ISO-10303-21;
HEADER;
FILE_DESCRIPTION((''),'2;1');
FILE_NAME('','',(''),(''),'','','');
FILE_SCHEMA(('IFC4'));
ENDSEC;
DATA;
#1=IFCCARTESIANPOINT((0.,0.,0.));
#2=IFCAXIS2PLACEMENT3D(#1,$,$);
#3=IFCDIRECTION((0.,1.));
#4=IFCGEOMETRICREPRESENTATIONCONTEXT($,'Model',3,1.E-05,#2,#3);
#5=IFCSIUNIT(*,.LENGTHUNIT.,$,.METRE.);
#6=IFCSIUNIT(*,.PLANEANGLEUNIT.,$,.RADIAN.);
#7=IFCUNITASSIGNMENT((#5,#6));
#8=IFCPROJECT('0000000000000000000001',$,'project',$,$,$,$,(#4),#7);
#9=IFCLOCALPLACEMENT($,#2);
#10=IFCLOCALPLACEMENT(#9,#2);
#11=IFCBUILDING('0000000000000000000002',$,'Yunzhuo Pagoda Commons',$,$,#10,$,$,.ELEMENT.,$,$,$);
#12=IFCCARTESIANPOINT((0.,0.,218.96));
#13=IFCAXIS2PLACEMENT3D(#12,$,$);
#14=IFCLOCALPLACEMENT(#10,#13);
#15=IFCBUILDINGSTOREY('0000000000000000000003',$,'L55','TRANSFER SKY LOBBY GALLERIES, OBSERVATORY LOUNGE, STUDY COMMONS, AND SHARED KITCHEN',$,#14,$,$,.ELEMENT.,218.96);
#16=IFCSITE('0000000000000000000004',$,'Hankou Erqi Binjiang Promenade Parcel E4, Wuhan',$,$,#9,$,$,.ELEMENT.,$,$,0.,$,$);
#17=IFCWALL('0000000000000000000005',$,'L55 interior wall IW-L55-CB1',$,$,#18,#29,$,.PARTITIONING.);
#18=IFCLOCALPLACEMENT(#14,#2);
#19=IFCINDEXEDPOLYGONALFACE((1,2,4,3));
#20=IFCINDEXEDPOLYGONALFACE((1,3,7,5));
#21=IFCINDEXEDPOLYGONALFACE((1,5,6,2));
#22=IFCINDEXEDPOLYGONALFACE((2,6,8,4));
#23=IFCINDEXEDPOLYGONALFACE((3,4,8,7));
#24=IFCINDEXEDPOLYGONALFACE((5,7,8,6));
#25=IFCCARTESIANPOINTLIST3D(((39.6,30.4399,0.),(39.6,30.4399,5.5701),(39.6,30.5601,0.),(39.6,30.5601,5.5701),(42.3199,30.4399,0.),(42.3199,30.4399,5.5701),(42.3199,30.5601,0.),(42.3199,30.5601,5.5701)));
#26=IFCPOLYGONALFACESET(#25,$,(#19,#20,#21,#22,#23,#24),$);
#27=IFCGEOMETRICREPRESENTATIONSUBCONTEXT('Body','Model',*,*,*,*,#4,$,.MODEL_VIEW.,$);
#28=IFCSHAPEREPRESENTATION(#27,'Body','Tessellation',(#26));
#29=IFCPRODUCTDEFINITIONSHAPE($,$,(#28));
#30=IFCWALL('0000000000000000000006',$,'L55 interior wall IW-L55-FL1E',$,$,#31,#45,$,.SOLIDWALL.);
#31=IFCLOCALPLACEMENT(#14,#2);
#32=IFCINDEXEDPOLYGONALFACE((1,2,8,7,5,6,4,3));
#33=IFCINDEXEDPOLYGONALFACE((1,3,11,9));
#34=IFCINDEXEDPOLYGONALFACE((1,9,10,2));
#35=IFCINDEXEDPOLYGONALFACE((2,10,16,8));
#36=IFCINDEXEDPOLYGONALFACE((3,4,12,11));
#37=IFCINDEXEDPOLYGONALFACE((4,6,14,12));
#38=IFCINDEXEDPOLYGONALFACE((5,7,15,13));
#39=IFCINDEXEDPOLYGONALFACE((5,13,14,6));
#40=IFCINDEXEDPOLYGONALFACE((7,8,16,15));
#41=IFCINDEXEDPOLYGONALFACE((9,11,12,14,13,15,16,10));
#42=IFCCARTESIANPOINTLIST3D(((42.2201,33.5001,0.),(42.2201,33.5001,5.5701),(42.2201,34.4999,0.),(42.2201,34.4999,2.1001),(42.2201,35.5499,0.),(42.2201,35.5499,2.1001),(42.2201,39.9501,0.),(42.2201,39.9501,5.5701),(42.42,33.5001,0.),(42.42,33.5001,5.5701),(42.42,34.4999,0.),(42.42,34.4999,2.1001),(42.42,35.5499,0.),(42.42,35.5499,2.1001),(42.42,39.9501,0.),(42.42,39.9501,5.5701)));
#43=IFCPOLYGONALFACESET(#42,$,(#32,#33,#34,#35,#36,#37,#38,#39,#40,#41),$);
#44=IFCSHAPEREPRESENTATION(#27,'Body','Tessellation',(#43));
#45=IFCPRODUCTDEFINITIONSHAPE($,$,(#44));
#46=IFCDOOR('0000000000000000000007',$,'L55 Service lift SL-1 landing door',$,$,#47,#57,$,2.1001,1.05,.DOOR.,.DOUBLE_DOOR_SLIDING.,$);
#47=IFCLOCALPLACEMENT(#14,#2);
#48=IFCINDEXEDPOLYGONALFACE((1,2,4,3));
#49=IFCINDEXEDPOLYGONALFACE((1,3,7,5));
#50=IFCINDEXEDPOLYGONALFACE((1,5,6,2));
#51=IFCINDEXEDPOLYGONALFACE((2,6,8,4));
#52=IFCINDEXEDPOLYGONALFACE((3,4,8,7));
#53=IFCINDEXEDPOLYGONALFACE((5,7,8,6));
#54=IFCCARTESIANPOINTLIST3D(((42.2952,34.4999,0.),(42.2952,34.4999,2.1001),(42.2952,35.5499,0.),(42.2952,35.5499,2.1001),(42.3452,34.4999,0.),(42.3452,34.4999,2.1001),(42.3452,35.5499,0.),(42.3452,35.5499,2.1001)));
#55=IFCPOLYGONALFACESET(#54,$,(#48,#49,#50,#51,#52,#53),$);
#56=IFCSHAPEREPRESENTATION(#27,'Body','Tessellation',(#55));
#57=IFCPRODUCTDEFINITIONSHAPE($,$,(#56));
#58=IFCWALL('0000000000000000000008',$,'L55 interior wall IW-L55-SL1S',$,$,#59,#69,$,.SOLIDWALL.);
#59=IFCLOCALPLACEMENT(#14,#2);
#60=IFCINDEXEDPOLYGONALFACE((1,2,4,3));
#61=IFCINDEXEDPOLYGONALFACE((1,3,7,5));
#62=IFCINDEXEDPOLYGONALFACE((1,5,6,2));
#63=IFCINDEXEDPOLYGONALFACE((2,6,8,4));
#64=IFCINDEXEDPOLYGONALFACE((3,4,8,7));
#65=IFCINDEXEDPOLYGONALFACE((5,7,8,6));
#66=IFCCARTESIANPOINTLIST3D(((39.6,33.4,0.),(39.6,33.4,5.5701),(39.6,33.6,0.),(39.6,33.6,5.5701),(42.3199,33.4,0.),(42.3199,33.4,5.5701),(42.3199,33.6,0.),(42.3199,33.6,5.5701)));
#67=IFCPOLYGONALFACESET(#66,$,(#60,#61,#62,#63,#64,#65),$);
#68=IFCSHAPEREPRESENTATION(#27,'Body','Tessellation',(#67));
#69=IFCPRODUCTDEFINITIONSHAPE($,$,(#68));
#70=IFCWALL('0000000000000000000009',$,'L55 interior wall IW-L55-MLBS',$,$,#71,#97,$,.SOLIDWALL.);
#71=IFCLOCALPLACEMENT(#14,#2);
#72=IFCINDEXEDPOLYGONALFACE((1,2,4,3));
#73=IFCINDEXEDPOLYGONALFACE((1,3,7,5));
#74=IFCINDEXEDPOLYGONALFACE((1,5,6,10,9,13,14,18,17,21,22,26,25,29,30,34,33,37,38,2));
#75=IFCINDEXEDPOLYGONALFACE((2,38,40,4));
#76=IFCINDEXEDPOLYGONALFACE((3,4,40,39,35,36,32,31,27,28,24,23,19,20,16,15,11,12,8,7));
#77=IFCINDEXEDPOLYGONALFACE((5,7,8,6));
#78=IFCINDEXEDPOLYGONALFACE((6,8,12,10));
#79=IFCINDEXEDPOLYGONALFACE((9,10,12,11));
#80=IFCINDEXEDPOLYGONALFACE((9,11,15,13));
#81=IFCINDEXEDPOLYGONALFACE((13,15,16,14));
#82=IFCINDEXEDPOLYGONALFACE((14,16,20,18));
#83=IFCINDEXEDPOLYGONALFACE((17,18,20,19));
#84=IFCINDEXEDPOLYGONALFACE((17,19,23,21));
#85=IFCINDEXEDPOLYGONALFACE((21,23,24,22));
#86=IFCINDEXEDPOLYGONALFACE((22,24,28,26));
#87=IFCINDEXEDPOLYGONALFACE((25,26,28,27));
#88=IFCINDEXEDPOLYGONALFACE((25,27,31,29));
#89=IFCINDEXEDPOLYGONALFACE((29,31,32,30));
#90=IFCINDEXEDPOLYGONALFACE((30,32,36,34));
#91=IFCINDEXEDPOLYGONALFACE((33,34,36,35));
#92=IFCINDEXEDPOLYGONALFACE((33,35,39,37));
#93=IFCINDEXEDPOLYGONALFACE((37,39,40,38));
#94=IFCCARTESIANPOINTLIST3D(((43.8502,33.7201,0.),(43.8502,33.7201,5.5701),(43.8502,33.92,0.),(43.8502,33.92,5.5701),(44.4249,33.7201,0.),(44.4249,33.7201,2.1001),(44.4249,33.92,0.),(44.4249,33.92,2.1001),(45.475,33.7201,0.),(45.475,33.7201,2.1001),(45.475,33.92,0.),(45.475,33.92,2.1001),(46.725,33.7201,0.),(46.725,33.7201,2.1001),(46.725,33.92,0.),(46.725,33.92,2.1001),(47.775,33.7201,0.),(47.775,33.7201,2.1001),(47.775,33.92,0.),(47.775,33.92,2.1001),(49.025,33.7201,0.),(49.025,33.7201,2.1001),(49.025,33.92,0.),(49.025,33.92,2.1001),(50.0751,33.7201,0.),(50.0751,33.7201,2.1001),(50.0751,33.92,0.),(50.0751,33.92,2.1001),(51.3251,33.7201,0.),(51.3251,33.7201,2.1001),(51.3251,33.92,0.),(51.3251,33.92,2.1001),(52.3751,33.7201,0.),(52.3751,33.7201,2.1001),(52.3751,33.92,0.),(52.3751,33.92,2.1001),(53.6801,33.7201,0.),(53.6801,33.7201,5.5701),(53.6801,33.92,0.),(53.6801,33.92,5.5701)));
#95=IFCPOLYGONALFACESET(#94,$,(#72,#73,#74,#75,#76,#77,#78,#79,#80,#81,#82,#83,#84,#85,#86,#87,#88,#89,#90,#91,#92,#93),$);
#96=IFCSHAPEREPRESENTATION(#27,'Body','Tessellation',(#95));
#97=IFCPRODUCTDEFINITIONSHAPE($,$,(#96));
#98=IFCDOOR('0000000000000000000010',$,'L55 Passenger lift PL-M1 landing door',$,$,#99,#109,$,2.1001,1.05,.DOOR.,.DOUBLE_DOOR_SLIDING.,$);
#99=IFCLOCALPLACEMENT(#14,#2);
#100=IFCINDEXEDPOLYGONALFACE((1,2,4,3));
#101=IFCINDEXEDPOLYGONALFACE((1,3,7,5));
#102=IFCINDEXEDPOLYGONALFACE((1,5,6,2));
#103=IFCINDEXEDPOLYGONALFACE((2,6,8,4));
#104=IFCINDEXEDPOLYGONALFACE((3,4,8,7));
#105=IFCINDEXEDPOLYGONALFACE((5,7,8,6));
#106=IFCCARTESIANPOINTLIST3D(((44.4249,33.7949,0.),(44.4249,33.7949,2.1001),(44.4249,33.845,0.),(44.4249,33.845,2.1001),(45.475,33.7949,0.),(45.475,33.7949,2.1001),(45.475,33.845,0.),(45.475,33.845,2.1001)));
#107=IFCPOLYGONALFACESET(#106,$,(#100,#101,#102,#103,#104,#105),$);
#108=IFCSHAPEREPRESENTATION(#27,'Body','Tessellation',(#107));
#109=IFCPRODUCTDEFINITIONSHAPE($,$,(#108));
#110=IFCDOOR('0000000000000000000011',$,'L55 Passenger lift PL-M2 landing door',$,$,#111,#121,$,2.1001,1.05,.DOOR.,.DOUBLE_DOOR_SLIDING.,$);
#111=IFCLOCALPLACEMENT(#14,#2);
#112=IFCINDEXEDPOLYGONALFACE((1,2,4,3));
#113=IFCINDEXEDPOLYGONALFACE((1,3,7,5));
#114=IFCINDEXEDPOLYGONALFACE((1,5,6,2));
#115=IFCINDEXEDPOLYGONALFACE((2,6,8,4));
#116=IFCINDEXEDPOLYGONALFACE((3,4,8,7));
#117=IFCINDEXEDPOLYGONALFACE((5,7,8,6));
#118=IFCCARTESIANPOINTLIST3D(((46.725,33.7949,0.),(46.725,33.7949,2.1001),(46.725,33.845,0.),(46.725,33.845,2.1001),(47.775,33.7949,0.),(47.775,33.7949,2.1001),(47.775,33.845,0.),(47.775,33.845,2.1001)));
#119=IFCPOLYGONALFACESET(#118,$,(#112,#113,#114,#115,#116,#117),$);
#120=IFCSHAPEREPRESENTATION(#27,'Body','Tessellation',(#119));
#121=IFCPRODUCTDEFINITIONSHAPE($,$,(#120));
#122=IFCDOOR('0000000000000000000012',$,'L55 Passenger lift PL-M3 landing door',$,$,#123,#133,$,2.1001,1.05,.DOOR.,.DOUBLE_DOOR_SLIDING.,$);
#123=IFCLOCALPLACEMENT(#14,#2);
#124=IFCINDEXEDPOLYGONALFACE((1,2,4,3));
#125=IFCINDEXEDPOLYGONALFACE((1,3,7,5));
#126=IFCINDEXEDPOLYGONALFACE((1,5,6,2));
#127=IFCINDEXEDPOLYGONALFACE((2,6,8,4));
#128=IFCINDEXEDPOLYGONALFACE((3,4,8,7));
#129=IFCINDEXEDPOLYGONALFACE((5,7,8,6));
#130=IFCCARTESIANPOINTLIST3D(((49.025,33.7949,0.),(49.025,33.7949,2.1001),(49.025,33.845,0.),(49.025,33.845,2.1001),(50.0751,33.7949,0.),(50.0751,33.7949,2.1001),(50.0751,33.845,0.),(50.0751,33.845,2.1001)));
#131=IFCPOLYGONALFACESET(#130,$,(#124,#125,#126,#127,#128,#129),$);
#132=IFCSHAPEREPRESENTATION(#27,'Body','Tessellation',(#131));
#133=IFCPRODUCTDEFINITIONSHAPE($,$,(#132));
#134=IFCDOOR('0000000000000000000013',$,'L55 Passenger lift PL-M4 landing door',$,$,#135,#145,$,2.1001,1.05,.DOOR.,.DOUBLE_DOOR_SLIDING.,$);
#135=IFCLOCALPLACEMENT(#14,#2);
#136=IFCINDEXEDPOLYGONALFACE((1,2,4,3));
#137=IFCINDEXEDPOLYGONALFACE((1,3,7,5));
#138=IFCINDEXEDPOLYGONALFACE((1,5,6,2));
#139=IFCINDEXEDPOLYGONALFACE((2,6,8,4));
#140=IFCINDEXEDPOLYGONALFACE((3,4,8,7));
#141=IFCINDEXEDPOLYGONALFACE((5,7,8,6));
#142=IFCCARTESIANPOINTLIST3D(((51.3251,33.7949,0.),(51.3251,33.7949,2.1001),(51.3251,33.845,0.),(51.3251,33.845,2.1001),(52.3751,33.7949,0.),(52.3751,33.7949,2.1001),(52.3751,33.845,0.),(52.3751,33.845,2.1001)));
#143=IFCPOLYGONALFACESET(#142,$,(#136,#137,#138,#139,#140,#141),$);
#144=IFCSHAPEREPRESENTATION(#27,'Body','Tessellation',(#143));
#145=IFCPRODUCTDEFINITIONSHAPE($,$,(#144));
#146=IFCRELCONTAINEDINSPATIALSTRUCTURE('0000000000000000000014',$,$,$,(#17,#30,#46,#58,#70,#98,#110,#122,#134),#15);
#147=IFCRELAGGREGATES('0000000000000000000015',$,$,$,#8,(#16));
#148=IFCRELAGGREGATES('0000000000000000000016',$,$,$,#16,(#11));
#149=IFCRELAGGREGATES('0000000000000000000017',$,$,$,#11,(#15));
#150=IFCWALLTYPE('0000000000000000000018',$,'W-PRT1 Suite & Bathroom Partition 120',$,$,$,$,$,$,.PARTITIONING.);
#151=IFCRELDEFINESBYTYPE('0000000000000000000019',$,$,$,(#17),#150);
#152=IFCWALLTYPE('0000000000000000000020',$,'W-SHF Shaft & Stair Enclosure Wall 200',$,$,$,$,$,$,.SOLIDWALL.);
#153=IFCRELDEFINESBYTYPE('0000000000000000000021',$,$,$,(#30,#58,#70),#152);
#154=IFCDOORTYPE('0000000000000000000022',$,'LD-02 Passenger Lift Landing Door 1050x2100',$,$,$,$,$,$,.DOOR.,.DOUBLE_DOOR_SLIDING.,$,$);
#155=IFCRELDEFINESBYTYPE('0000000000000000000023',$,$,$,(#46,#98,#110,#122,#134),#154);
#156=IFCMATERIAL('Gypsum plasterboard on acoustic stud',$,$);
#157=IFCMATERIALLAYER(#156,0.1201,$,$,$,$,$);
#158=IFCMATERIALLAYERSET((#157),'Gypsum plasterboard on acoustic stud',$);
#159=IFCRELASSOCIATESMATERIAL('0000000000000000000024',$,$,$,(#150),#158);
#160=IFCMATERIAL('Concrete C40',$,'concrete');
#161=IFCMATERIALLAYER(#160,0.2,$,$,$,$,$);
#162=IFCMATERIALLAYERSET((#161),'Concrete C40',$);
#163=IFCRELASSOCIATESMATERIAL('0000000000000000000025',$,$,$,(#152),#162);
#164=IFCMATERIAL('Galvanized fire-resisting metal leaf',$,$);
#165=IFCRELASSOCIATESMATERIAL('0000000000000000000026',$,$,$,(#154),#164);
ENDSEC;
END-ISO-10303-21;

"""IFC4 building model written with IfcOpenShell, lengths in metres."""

from ifc_helpers import new_model, si_unit, direction, frame, frame_2d, origin, origin_with_axes, place, context, subcontext, project, spatial, rectangle, extrude, source, transform, mapped, material, layer, layer_set, type_object, element, fill, save


model = new_model("IFC4")

# Units and contexts
model_context = context("Model", 3, precision=1e-05, world=origin(), true_north=direction((0.0, 1.0)))
body_context = subcontext(model_context, "Body", "Model", "MODEL_VIEW")
ifc_project = project(units=[si_unit("LENGTHUNIT", "METRE"), si_unit("PLANEANGLEUNIT", "RADIAN")], contexts=[model_context])

# Site, building, storey
site_placement = place(None, origin())
site = spatial("IfcSite", under=ifc_project, at=site_placement, Name="Hankou Erqi Binjiang Promenade Parcel E4, Wuhan", CompositionType="ELEMENT", RefElevation=0.0)
building_placement = place(site_placement, origin())
building = spatial("IfcBuilding", under=site, at=building_placement, Name="Yunzhuo Pagoda Commons", CompositionType="ELEMENT")
storey_placement = place(building_placement, frame((0.0, 0.0, 218.96)))
storey = spatial("IfcBuildingStorey", under=building, at=storey_placement, Name="L55", Description="TRANSFER SKY LOBBY GALLERIES, OBSERVATORY LOUNGE, STUDY COMMONS, AND SHARED KITCHEN", CompositionType="ELEMENT", Elevation=218.96)

# Wall
ifc_material_1 = material(Name="Gypsum plasterboard on acoustic stud")
ifc_layer_1 = layer(ifc_material_1, 0.1201)
ifc_layer_set_1 = layer_set([ifc_layer_1], Name="Gypsum plasterboard on acoustic stud")
wall_type_1 = type_object("IfcWallType", Name="W-PRT1 Suite & Bathroom Partition 120", PredefinedType="PARTITIONING", material=ifc_layer_set_1)
wall_1_placement = place(storey_placement, frame((39.6001, 30.5, 0.0), z_axis=(0.0, 0.0, 1.0), x_axis=(1.0, 0.0, 0.0)))
element("IfcWall", 1, at=wall_1_placement, inside=storey, type_object=wall_type_1, Name="L55 interior wall IW-L55-CB1", PredefinedType="PARTITIONING", context=body_context, shape_type="SweptSolid", body=[
    extrude(rectangle(XDim=2.72, YDim=0.1201, at=frame_2d((1.3599, 0.0))), origin(), (0.0, 0.0, 1.0), 5.5701),
])

# Wall, opening, door
ifc_material_2 = material(Name="Concrete C40", Category="concrete")
ifc_layer_2 = layer(ifc_material_2, 0.2)
ifc_layer_set_2 = layer_set([ifc_layer_2], Name="Concrete C40")
wall_type_2 = type_object("IfcWallType", Name="W-SHF Shaft & Stair Enclosure Wall 200", PredefinedType="SOLIDWALL", material=ifc_layer_set_2)
wall_2_placement = place(storey_placement, frame((42.3201, 33.5, 0.0), z_axis=(0.0, 0.0, 1.0), x_axis=(0.0, 1.0, 0.0)))
wall_2 = element("IfcWall", 2, at=wall_2_placement, inside=storey, type_object=wall_type_2, Name="L55 interior wall IW-L55-FL1E", PredefinedType="SOLIDWALL", context=body_context, shape_type="SweptSolid", body=[
    extrude(rectangle(XDim=6.45, YDim=0.2, at=frame_2d((3.2251, 0.0))), origin(), (0.0, 0.0, 1.0), 5.5701),
])
opening_1_placement = place(wall_2_placement, frame((1.0, 0.0, 0.0)))
opening_1 = element("IfcOpeningElement", 3, at=opening_1_placement, cuts=wall_2, PredefinedType="OPENING", context=body_context, shape_type="SweptSolid", body=[
    extrude(rectangle(XDim=1.05, YDim=2.1001, at=frame_2d((0.5249, 1.05))), frame((0.0, 0.1099, 0.0), z_axis=(0.0, -1.0, 0.0), x_axis=(1.0, 0.0, 0.0)), (0.0, 0.0, 1.0), 0.22),
])
ifc_material_3 = material(Name="Galvanized fire-resisting metal leaf")
door_type = type_object("IfcDoorType", Name="LD-02 Passenger Lift Landing Door 1050x2100", OperationType="DOUBLE_DOOR_SLIDING", PredefinedType="DOOR", material=ifc_material_3)
shared_shape_1 = source(origin(), body_context, "Body", "SweptSolid", [
    extrude(rectangle(XDim=1.05, YDim=2.1001, at=frame_2d((0.5249, 1.05))), frame((0.0, 0.0249, 0.0), z_axis=(0.0, -1.0, 0.0), x_axis=(1.0, 0.0, 0.0)), (0.0, 0.0, 1.0), 0.05),
])
door_1_placement = place(opening_1_placement, origin_with_axes())
door_1 = element("IfcDoor", 4, at=door_1_placement, inside=storey, type_object=door_type, Name="L55 Service lift SL-1 landing door", OperationType="DOUBLE_DOOR_SLIDING", OverallHeight=2.1001, OverallWidth=1.05, PredefinedType="DOOR", context=body_context, shape_type="MappedRepresentation", body=[
    mapped(shared_shape_1, transform((0.0, 0.0, 0.0), scale=1.0)),
])
fill(opening_1, door_1)

# Wall
wall_3_placement = place(storey_placement, frame((39.6001, 33.5, 0.0), z_axis=(0.0, 0.0, 1.0), x_axis=(1.0, 0.0, 0.0)))
element("IfcWall", 5, at=wall_3_placement, inside=storey, type_object=wall_type_2, Name="L55 interior wall IW-L55-SL1S", PredefinedType="SOLIDWALL", context=body_context, shape_type="SweptSolid", body=[
    extrude(rectangle(XDim=2.72, YDim=0.2, at=frame_2d((1.3599, 0.0))), origin(), (0.0, 0.0, 1.0), 5.5701),
])

# Wall, openings, doors
wall_4_placement = place(storey_placement, frame((43.8501, 33.8201, 0.0), z_axis=(0.0, 0.0, 1.0), x_axis=(1.0, 0.0, 0.0)))
wall_4 = element("IfcWall", 6, at=wall_4_placement, inside=storey, type_object=wall_type_2, Name="L55 interior wall IW-L55-MLBS", PredefinedType="SOLIDWALL", context=body_context, shape_type="SweptSolid", body=[
    extrude(rectangle(XDim=9.8298, YDim=0.2, at=frame_2d((4.915, 0.0))), origin(), (0.0, 0.0, 1.0), 5.5701),
])
opening_2_placement = place(wall_4_placement, frame((0.575, 0.0, 0.0)))
opening_2 = element("IfcOpeningElement", 7, at=opening_2_placement, cuts=wall_4, PredefinedType="OPENING", context=body_context, shape_type="SweptSolid", body=[
    extrude(rectangle(XDim=1.05, YDim=2.1001, at=frame_2d((0.5249, 1.05))), frame((0.0, 0.1099, 0.0), z_axis=(0.0, -1.0, 0.0), x_axis=(1.0, 0.0, 0.0)), (0.0, 0.0, 1.0), 0.22),
])
opening_3_placement = place(wall_4_placement, frame((2.875, 0.0, 0.0)))
opening_3 = element("IfcOpeningElement", 8, at=opening_3_placement, cuts=wall_4, PredefinedType="OPENING", context=body_context, shape_type="SweptSolid", body=[
    extrude(rectangle(XDim=1.05, YDim=2.1001, at=frame_2d((0.5249, 1.05))), frame((0.0, 0.1099, 0.0), z_axis=(0.0, -1.0, 0.0), x_axis=(1.0, 0.0, 0.0)), (0.0, 0.0, 1.0), 0.22),
])
opening_4_placement = place(wall_4_placement, frame((5.175, 0.0, 0.0)))
opening_4 = element("IfcOpeningElement", 9, at=opening_4_placement, cuts=wall_4, PredefinedType="OPENING", context=body_context, shape_type="SweptSolid", body=[
    extrude(rectangle(XDim=1.05, YDim=2.1001, at=frame_2d((0.5249, 1.05))), frame((0.0, 0.1099, 0.0), z_axis=(0.0, -1.0, 0.0), x_axis=(1.0, 0.0, 0.0)), (0.0, 0.0, 1.0), 0.22),
])
opening_5_placement = place(wall_4_placement, frame((7.4751, 0.0, 0.0)))
opening_5 = element("IfcOpeningElement", 10, at=opening_5_placement, cuts=wall_4, PredefinedType="OPENING", context=body_context, shape_type="SweptSolid", body=[
    extrude(rectangle(XDim=1.05, YDim=2.1001, at=frame_2d((0.5249, 1.05))), frame((0.0, 0.1099, 0.0), z_axis=(0.0, -1.0, 0.0), x_axis=(1.0, 0.0, 0.0)), (0.0, 0.0, 1.0), 0.22),
])
door_2_placement = place(opening_2_placement, origin_with_axes())
door_2 = element("IfcDoor", 11, at=door_2_placement, inside=storey, type_object=door_type, Name="L55 Passenger lift PL-M1 landing door", OperationType="DOUBLE_DOOR_SLIDING", OverallHeight=2.1001, OverallWidth=1.05, PredefinedType="DOOR", context=body_context, shape_type="MappedRepresentation", body=[
    mapped(shared_shape_1, transform((0.0, 0.0, 0.0), scale=1.0)),
])
fill(opening_2, door_2)
door_3_placement = place(opening_3_placement, origin_with_axes())
door_3 = element("IfcDoor", 12, at=door_3_placement, inside=storey, type_object=door_type, Name="L55 Passenger lift PL-M2 landing door", OperationType="DOUBLE_DOOR_SLIDING", OverallHeight=2.1001, OverallWidth=1.05, PredefinedType="DOOR", context=body_context, shape_type="MappedRepresentation", body=[
    mapped(shared_shape_1, transform((0.0, 0.0, 0.0), scale=1.0)),
])
fill(opening_3, door_3)
door_4_placement = place(opening_4_placement, origin_with_axes())
door_4 = element("IfcDoor", 13, at=door_4_placement, inside=storey, type_object=door_type, Name="L55 Passenger lift PL-M3 landing door", OperationType="DOUBLE_DOOR_SLIDING", OverallHeight=2.1001, OverallWidth=1.05, PredefinedType="DOOR", context=body_context, shape_type="MappedRepresentation", body=[
    mapped(shared_shape_1, transform((0.0, 0.0, 0.0), scale=1.0)),
])
fill(opening_4, door_4)
door_5_placement = place(opening_5_placement, origin_with_axes())
door_5 = element("IfcDoor", 14, at=door_5_placement, inside=storey, type_object=door_type, Name="L55 Passenger lift PL-M4 landing door", OperationType="DOUBLE_DOOR_SLIDING", OverallHeight=2.1001, OverallWidth=1.05, PredefinedType="DOOR", context=body_context, shape_type="MappedRepresentation", body=[
    mapped(shared_shape_1, transform((0.0, 0.0, 0.0), scale=1.0)),
])
fill(opening_5, door_5)

save(model, "model.ifc")
